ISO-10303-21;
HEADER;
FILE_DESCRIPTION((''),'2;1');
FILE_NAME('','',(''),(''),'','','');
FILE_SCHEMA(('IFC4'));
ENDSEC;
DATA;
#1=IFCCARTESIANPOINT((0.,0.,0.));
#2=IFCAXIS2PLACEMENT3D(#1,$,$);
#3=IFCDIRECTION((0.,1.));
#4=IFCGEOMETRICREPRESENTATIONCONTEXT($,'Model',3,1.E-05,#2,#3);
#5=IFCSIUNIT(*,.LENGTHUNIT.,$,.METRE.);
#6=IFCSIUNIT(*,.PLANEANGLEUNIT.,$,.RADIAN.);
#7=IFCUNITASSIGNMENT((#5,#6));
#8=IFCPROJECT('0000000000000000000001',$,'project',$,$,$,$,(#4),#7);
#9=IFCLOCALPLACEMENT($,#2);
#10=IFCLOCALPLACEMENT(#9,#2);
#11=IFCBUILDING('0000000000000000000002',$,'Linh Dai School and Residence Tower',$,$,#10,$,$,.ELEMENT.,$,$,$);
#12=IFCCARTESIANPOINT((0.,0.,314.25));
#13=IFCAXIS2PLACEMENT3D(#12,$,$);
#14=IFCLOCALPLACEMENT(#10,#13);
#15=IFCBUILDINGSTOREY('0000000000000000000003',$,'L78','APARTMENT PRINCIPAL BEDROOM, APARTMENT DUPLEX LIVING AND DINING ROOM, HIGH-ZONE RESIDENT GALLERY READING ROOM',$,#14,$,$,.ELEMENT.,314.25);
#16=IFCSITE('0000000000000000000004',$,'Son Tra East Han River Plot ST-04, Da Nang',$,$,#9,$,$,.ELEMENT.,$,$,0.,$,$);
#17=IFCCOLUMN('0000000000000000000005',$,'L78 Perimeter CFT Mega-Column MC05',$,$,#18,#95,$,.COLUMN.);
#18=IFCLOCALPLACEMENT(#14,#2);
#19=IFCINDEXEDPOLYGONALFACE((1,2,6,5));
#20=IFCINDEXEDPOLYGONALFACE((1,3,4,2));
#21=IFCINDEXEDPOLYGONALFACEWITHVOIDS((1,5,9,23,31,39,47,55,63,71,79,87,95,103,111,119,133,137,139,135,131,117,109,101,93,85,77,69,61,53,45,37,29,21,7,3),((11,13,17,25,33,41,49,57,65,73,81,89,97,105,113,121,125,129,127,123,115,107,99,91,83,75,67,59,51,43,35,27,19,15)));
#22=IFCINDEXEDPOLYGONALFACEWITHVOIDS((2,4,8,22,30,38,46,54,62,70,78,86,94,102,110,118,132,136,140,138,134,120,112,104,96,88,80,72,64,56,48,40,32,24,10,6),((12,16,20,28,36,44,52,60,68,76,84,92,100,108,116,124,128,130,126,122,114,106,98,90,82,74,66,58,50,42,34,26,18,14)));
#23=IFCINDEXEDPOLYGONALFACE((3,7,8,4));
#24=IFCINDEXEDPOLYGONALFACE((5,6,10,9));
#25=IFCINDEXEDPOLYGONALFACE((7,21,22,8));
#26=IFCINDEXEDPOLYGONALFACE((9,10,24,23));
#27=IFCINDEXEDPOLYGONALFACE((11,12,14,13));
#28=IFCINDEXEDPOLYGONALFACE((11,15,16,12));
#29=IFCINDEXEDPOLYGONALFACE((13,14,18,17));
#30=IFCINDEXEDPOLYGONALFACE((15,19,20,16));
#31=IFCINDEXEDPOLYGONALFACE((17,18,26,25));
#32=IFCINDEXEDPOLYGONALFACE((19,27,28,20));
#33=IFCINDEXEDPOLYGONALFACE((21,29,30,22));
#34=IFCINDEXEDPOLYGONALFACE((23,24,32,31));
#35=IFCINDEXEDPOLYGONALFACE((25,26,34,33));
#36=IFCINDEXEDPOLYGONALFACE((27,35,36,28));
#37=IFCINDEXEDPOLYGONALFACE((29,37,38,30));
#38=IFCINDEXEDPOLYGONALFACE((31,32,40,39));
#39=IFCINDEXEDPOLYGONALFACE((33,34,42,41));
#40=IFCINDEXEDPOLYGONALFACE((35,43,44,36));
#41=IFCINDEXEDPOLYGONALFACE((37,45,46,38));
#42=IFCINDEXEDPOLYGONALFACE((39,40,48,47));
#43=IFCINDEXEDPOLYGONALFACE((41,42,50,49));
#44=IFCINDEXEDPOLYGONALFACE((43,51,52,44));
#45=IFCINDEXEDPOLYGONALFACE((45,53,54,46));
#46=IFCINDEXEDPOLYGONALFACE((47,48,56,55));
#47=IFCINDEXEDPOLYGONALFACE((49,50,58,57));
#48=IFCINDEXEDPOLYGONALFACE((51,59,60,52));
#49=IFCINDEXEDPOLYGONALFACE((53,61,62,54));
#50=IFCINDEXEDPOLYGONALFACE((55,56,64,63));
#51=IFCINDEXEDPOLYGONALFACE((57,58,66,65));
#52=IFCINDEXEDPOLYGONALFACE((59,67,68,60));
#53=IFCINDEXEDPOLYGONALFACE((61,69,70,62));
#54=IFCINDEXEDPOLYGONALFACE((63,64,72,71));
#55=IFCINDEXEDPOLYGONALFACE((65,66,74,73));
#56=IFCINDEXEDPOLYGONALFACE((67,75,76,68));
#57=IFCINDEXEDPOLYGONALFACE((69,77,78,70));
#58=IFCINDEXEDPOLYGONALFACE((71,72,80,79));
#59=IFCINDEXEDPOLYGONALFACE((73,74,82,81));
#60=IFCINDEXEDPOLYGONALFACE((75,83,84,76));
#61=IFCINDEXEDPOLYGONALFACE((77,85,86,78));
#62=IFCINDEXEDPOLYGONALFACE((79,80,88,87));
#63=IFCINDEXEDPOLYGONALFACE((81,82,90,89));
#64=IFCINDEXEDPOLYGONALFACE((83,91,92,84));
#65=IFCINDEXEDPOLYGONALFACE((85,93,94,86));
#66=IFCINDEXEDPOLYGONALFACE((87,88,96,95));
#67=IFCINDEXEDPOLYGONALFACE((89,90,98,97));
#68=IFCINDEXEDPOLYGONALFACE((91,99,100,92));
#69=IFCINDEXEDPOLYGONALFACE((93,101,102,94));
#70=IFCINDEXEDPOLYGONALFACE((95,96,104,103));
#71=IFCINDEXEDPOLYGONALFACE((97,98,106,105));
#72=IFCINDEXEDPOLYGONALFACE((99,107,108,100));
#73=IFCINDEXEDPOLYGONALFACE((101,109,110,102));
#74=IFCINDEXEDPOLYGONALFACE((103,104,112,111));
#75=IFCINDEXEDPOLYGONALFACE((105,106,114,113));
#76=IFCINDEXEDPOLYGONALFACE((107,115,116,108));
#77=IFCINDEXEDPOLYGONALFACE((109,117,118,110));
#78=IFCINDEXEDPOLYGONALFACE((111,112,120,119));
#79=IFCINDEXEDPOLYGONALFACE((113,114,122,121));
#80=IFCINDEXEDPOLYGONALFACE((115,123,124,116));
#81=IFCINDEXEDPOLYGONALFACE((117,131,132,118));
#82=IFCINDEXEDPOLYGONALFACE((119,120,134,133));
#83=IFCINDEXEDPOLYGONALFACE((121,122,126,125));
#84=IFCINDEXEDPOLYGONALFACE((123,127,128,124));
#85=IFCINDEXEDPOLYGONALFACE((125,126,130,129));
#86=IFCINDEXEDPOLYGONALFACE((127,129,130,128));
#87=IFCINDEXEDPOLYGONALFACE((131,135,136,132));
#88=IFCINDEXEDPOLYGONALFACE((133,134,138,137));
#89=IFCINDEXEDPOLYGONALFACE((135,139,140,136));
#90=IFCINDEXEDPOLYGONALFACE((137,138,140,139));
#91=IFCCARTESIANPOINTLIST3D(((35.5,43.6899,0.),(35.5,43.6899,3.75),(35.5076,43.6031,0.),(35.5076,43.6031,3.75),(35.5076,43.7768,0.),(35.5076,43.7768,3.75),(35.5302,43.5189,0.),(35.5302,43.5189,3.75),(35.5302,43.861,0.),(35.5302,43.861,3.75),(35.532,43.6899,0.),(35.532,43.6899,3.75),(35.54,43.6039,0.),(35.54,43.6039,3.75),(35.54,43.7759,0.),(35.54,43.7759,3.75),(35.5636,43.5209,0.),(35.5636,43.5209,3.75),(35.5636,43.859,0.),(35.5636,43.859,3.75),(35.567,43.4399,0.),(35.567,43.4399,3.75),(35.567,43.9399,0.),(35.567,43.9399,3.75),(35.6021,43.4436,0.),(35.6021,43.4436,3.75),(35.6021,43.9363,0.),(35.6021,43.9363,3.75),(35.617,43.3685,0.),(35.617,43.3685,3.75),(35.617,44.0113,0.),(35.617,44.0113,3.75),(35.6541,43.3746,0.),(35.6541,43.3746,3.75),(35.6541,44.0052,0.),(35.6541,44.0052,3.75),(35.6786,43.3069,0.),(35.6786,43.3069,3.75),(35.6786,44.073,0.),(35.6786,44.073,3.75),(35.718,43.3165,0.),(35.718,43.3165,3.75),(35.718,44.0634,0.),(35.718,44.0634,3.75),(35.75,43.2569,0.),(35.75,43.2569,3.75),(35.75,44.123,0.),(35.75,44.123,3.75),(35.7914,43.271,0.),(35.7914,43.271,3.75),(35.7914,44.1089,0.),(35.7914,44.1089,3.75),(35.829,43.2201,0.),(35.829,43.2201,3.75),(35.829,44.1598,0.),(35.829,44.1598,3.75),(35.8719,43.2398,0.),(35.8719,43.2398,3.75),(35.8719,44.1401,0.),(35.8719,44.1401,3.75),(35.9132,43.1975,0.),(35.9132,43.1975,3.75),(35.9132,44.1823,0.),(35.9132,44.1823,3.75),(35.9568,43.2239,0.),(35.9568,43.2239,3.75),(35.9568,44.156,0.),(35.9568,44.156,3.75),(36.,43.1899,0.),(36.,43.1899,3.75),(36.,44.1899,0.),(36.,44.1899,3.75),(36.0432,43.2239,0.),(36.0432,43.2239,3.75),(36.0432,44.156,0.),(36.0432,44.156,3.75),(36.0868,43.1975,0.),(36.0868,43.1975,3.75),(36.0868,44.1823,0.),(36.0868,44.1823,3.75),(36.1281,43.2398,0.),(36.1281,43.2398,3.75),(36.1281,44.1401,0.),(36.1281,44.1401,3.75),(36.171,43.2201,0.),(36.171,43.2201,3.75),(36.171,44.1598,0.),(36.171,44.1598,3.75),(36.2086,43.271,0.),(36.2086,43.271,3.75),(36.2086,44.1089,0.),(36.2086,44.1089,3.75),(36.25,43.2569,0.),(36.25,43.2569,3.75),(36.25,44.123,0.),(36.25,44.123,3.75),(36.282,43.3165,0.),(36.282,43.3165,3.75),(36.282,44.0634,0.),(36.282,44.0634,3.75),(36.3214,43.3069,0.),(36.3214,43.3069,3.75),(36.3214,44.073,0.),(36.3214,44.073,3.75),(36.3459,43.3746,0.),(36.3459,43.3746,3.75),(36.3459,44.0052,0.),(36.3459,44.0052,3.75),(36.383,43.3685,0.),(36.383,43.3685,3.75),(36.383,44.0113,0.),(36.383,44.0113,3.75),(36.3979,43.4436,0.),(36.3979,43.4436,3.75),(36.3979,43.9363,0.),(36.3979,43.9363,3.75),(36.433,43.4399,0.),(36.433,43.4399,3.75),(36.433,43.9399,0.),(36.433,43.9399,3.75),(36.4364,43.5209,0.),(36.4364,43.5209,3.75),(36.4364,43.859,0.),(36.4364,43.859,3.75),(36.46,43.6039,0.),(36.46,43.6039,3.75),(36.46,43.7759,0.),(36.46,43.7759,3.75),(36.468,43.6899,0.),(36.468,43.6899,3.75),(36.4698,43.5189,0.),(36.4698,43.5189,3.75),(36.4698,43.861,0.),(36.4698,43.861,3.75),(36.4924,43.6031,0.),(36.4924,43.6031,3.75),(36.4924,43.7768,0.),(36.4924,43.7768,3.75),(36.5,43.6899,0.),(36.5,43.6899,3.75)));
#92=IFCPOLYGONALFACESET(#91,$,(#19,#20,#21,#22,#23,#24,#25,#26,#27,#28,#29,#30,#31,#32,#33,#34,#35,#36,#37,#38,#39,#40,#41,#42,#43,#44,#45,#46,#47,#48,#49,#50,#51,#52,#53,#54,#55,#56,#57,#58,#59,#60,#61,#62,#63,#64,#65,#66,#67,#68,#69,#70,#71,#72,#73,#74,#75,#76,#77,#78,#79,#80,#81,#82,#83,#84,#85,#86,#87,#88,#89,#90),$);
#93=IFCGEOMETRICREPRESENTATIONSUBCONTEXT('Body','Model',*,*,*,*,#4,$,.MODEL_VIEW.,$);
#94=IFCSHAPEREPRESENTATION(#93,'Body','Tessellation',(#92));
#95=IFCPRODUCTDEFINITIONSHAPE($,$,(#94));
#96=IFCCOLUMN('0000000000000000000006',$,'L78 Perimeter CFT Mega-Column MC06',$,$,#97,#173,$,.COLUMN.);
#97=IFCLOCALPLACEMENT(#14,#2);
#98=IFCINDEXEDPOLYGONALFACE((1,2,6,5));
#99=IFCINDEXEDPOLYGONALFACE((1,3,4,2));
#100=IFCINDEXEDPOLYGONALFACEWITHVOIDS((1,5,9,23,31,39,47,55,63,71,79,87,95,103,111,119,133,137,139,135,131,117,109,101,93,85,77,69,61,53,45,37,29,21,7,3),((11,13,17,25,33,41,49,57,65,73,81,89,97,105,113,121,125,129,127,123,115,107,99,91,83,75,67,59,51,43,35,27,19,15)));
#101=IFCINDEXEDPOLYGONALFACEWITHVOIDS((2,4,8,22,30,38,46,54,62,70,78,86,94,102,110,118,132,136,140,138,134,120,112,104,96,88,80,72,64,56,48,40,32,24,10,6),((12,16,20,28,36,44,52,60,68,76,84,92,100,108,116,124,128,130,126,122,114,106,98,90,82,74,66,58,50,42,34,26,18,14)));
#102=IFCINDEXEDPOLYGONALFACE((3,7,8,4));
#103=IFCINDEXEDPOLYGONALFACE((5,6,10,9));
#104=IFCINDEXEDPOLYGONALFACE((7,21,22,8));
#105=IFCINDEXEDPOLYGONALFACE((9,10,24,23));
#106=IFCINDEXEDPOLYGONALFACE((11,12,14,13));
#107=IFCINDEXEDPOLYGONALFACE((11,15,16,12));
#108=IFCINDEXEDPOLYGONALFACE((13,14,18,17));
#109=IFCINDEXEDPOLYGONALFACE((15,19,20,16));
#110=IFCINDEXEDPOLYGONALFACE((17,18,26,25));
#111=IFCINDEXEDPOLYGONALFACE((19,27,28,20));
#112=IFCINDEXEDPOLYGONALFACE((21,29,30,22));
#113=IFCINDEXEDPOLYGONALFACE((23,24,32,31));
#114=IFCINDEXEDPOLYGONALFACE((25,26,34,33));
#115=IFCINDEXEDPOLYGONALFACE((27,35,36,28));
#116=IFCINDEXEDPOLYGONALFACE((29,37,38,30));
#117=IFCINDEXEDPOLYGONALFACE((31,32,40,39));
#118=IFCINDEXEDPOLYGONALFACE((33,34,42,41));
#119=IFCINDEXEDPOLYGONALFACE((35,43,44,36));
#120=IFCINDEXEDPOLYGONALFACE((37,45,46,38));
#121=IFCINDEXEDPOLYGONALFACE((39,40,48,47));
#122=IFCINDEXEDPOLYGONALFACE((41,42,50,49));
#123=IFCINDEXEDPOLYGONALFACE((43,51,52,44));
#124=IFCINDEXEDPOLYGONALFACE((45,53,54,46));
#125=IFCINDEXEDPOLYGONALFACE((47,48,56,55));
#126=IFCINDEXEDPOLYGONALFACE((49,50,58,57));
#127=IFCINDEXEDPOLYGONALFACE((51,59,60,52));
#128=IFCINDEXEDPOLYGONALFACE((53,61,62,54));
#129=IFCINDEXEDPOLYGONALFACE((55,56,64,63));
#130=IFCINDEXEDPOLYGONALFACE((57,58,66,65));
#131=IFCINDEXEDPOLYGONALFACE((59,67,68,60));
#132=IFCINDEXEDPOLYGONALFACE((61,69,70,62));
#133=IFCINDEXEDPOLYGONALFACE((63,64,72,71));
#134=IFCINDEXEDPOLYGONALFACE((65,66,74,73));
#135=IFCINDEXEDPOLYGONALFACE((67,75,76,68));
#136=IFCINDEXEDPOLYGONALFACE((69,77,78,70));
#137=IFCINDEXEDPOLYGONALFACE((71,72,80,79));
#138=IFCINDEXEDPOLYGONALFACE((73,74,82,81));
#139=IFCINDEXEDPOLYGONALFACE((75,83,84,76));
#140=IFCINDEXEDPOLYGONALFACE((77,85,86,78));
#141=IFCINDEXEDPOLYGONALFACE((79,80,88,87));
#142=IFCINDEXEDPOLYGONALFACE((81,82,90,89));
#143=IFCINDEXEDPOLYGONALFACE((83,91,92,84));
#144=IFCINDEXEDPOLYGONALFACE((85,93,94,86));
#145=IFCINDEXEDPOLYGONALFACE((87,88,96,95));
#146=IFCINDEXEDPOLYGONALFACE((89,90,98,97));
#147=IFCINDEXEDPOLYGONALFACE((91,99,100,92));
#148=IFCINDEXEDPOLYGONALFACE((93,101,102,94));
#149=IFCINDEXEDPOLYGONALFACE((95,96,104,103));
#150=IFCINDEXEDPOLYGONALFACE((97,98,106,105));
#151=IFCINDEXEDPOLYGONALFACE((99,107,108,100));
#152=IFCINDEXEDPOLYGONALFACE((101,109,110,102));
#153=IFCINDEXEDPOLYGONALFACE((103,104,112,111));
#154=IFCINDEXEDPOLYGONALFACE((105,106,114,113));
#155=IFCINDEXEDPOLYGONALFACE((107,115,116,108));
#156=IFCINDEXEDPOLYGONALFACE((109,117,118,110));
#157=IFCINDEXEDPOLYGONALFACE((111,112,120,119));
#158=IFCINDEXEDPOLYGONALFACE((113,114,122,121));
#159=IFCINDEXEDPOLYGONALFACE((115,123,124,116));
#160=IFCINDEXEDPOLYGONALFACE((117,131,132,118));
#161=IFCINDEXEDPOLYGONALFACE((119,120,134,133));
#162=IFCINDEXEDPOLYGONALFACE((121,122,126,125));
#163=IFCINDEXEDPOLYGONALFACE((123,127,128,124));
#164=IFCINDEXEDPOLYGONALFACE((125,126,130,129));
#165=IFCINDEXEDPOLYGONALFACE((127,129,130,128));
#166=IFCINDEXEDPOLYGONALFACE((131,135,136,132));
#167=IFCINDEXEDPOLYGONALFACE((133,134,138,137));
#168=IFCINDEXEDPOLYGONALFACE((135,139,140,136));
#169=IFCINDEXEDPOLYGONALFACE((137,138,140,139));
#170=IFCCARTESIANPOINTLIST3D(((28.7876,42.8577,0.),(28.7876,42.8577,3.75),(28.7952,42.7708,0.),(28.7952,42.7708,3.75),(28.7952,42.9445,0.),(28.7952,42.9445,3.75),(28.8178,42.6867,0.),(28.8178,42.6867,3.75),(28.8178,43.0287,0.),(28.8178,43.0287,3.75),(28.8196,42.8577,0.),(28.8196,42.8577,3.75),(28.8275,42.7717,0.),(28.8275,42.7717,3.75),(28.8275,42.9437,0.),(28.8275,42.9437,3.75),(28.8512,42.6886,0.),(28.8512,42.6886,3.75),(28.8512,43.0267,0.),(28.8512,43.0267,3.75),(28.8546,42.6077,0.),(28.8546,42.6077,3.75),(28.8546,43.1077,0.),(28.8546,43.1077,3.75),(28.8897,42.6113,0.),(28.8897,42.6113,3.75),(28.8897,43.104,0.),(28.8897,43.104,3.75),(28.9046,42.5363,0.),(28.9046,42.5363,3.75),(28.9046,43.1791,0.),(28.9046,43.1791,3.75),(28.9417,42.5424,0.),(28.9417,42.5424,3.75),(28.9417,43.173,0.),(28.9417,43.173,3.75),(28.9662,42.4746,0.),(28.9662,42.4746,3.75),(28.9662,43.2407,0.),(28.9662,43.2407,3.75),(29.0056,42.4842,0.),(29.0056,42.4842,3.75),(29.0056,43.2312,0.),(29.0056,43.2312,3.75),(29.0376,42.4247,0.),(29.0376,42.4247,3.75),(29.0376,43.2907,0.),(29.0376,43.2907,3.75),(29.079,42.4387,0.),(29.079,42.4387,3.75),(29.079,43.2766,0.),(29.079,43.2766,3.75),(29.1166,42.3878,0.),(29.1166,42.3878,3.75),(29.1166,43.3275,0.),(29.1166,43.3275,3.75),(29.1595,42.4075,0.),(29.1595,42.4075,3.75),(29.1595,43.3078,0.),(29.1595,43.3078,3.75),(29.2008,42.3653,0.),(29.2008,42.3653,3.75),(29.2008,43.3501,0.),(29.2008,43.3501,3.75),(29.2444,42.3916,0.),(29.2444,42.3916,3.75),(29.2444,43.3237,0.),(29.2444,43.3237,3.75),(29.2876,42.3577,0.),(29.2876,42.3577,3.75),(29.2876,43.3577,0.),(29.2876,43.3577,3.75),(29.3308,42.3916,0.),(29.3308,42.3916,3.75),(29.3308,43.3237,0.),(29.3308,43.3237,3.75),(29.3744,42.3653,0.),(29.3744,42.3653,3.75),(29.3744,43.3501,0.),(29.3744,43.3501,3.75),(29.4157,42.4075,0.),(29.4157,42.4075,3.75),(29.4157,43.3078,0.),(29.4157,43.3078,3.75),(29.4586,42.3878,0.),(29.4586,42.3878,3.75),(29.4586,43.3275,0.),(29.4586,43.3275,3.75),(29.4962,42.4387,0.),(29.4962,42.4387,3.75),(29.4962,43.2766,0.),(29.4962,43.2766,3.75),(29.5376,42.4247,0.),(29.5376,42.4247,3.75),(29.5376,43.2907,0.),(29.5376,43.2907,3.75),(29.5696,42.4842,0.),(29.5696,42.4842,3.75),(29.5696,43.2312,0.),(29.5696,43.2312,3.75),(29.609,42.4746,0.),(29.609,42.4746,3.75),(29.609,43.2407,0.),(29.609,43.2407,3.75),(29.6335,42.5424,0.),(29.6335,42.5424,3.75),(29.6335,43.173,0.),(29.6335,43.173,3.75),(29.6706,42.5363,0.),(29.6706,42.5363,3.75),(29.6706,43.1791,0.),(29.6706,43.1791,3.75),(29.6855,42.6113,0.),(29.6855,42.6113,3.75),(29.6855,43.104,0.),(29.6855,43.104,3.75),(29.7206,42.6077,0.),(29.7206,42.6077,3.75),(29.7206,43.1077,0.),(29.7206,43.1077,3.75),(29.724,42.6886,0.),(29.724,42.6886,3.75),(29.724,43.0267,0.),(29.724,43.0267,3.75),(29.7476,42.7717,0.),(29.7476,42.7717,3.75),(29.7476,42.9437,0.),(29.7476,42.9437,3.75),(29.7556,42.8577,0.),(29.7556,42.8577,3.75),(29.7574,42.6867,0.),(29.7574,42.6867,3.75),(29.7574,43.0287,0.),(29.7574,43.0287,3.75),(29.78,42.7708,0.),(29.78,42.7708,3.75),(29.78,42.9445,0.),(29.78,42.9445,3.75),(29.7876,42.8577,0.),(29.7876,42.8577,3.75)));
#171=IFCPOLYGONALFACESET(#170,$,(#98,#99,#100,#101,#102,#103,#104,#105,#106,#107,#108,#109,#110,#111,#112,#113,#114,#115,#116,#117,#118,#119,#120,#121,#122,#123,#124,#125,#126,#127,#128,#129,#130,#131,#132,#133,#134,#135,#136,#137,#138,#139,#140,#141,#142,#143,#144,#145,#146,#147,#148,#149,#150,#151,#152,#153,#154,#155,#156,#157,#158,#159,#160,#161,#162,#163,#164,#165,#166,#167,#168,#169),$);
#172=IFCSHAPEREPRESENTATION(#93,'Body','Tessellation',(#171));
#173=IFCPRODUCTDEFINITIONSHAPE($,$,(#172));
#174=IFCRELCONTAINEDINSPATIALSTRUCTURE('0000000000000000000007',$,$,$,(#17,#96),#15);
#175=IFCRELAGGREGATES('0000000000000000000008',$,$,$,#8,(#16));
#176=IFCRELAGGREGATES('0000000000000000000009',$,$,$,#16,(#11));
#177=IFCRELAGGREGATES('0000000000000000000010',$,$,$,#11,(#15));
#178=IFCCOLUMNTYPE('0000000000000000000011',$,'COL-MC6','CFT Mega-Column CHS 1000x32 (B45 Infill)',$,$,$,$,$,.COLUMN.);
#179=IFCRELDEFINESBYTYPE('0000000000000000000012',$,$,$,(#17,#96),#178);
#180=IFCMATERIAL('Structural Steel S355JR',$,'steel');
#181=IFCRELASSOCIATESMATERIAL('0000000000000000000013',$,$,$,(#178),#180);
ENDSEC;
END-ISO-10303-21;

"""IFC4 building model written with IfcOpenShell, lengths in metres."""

from ifc_helpers import new_model, si_unit, direction, frame, origin, origin_2d, place, context, subcontext, project, spatial, hollow_circle, extrude, material, material_profile, profile_set, type_object, element, save


model = new_model("IFC4")

# Units and contexts
model_context = context("Model", 3, precision=1e-05, world=origin(), true_north=direction((0.0, 1.0)))
body_context = subcontext(model_context, "Body", "Model", "MODEL_VIEW")
ifc_project = project(units=[si_unit("LENGTHUNIT", "METRE"), si_unit("PLANEANGLEUNIT", "RADIAN")], contexts=[model_context])

# Site, building, storey
site_placement = place(None, origin())
site = spatial("IfcSite", under=ifc_project, at=site_placement, Name="Son Tra East Han River Plot ST-04, Da Nang", CompositionType="ELEMENT", RefElevation=0.0)
building_placement = place(site_placement, origin())
building = spatial("IfcBuilding", under=site, at=building_placement, Name="Linh Dai School and Residence Tower", CompositionType="ELEMENT")
storey_placement = place(building_placement, frame((0.0, 0.0, 314.25)))
storey = spatial("IfcBuildingStorey", under=building, at=storey_placement, Name="L78", Description="APARTMENT PRINCIPAL BEDROOM, APARTMENT DUPLEX LIVING AND DINING ROOM, HIGH-ZONE RESIDENT GALLERY READING ROOM", CompositionType="ELEMENT", Elevation=314.25)

# Columns
ifc_material_1 = material(Name="Structural Steel S355JR", Category="steel")
ifc_material_profile_1 = material_profile(ifc_material_1, hollow_circle(Radius=0.5, WallThickness=0.032, at=origin_2d()), Name="CHS 1000x32")
ifc_profile_set_1 = profile_set([ifc_material_profile_1], Name="Structural Steel S355JR")
column_type_1 = type_object("IfcColumnType", Name="COL-MC6", Description="CFT Mega-Column CHS 1000x32 (B45 Infill)", PredefinedType="COLUMN", material=ifc_profile_set_1)
for number, where, z_axis, x_axis, name in (
    (1, (36.0, 43.6899, 0.0), (0.0, 0.0, 1.0), (1.0, 0.0, 0.0), "L78 Perimeter CFT Mega-Column MC05"),
    (2, (29.2876, 42.8577, 0.0), (0.0, 0.0, 1.0), (1.0, 0.0, 0.0), "L78 Perimeter CFT Mega-Column MC06"),
):
    element("IfcColumn", number, at=place(storey_placement, frame(where, z_axis=z_axis, x_axis=x_axis)), inside=storey, type_object=column_type_1, Name=name, PredefinedType="COLUMN", context=body_context, shape_type="SweptSolid", body=[
        extrude(hollow_circle(Radius=0.5, WallThickness=0.032, at=origin_2d()), origin(), (0.0, 0.0, 1.0), 3.75),
    ])

save(model, "model.ifc")
